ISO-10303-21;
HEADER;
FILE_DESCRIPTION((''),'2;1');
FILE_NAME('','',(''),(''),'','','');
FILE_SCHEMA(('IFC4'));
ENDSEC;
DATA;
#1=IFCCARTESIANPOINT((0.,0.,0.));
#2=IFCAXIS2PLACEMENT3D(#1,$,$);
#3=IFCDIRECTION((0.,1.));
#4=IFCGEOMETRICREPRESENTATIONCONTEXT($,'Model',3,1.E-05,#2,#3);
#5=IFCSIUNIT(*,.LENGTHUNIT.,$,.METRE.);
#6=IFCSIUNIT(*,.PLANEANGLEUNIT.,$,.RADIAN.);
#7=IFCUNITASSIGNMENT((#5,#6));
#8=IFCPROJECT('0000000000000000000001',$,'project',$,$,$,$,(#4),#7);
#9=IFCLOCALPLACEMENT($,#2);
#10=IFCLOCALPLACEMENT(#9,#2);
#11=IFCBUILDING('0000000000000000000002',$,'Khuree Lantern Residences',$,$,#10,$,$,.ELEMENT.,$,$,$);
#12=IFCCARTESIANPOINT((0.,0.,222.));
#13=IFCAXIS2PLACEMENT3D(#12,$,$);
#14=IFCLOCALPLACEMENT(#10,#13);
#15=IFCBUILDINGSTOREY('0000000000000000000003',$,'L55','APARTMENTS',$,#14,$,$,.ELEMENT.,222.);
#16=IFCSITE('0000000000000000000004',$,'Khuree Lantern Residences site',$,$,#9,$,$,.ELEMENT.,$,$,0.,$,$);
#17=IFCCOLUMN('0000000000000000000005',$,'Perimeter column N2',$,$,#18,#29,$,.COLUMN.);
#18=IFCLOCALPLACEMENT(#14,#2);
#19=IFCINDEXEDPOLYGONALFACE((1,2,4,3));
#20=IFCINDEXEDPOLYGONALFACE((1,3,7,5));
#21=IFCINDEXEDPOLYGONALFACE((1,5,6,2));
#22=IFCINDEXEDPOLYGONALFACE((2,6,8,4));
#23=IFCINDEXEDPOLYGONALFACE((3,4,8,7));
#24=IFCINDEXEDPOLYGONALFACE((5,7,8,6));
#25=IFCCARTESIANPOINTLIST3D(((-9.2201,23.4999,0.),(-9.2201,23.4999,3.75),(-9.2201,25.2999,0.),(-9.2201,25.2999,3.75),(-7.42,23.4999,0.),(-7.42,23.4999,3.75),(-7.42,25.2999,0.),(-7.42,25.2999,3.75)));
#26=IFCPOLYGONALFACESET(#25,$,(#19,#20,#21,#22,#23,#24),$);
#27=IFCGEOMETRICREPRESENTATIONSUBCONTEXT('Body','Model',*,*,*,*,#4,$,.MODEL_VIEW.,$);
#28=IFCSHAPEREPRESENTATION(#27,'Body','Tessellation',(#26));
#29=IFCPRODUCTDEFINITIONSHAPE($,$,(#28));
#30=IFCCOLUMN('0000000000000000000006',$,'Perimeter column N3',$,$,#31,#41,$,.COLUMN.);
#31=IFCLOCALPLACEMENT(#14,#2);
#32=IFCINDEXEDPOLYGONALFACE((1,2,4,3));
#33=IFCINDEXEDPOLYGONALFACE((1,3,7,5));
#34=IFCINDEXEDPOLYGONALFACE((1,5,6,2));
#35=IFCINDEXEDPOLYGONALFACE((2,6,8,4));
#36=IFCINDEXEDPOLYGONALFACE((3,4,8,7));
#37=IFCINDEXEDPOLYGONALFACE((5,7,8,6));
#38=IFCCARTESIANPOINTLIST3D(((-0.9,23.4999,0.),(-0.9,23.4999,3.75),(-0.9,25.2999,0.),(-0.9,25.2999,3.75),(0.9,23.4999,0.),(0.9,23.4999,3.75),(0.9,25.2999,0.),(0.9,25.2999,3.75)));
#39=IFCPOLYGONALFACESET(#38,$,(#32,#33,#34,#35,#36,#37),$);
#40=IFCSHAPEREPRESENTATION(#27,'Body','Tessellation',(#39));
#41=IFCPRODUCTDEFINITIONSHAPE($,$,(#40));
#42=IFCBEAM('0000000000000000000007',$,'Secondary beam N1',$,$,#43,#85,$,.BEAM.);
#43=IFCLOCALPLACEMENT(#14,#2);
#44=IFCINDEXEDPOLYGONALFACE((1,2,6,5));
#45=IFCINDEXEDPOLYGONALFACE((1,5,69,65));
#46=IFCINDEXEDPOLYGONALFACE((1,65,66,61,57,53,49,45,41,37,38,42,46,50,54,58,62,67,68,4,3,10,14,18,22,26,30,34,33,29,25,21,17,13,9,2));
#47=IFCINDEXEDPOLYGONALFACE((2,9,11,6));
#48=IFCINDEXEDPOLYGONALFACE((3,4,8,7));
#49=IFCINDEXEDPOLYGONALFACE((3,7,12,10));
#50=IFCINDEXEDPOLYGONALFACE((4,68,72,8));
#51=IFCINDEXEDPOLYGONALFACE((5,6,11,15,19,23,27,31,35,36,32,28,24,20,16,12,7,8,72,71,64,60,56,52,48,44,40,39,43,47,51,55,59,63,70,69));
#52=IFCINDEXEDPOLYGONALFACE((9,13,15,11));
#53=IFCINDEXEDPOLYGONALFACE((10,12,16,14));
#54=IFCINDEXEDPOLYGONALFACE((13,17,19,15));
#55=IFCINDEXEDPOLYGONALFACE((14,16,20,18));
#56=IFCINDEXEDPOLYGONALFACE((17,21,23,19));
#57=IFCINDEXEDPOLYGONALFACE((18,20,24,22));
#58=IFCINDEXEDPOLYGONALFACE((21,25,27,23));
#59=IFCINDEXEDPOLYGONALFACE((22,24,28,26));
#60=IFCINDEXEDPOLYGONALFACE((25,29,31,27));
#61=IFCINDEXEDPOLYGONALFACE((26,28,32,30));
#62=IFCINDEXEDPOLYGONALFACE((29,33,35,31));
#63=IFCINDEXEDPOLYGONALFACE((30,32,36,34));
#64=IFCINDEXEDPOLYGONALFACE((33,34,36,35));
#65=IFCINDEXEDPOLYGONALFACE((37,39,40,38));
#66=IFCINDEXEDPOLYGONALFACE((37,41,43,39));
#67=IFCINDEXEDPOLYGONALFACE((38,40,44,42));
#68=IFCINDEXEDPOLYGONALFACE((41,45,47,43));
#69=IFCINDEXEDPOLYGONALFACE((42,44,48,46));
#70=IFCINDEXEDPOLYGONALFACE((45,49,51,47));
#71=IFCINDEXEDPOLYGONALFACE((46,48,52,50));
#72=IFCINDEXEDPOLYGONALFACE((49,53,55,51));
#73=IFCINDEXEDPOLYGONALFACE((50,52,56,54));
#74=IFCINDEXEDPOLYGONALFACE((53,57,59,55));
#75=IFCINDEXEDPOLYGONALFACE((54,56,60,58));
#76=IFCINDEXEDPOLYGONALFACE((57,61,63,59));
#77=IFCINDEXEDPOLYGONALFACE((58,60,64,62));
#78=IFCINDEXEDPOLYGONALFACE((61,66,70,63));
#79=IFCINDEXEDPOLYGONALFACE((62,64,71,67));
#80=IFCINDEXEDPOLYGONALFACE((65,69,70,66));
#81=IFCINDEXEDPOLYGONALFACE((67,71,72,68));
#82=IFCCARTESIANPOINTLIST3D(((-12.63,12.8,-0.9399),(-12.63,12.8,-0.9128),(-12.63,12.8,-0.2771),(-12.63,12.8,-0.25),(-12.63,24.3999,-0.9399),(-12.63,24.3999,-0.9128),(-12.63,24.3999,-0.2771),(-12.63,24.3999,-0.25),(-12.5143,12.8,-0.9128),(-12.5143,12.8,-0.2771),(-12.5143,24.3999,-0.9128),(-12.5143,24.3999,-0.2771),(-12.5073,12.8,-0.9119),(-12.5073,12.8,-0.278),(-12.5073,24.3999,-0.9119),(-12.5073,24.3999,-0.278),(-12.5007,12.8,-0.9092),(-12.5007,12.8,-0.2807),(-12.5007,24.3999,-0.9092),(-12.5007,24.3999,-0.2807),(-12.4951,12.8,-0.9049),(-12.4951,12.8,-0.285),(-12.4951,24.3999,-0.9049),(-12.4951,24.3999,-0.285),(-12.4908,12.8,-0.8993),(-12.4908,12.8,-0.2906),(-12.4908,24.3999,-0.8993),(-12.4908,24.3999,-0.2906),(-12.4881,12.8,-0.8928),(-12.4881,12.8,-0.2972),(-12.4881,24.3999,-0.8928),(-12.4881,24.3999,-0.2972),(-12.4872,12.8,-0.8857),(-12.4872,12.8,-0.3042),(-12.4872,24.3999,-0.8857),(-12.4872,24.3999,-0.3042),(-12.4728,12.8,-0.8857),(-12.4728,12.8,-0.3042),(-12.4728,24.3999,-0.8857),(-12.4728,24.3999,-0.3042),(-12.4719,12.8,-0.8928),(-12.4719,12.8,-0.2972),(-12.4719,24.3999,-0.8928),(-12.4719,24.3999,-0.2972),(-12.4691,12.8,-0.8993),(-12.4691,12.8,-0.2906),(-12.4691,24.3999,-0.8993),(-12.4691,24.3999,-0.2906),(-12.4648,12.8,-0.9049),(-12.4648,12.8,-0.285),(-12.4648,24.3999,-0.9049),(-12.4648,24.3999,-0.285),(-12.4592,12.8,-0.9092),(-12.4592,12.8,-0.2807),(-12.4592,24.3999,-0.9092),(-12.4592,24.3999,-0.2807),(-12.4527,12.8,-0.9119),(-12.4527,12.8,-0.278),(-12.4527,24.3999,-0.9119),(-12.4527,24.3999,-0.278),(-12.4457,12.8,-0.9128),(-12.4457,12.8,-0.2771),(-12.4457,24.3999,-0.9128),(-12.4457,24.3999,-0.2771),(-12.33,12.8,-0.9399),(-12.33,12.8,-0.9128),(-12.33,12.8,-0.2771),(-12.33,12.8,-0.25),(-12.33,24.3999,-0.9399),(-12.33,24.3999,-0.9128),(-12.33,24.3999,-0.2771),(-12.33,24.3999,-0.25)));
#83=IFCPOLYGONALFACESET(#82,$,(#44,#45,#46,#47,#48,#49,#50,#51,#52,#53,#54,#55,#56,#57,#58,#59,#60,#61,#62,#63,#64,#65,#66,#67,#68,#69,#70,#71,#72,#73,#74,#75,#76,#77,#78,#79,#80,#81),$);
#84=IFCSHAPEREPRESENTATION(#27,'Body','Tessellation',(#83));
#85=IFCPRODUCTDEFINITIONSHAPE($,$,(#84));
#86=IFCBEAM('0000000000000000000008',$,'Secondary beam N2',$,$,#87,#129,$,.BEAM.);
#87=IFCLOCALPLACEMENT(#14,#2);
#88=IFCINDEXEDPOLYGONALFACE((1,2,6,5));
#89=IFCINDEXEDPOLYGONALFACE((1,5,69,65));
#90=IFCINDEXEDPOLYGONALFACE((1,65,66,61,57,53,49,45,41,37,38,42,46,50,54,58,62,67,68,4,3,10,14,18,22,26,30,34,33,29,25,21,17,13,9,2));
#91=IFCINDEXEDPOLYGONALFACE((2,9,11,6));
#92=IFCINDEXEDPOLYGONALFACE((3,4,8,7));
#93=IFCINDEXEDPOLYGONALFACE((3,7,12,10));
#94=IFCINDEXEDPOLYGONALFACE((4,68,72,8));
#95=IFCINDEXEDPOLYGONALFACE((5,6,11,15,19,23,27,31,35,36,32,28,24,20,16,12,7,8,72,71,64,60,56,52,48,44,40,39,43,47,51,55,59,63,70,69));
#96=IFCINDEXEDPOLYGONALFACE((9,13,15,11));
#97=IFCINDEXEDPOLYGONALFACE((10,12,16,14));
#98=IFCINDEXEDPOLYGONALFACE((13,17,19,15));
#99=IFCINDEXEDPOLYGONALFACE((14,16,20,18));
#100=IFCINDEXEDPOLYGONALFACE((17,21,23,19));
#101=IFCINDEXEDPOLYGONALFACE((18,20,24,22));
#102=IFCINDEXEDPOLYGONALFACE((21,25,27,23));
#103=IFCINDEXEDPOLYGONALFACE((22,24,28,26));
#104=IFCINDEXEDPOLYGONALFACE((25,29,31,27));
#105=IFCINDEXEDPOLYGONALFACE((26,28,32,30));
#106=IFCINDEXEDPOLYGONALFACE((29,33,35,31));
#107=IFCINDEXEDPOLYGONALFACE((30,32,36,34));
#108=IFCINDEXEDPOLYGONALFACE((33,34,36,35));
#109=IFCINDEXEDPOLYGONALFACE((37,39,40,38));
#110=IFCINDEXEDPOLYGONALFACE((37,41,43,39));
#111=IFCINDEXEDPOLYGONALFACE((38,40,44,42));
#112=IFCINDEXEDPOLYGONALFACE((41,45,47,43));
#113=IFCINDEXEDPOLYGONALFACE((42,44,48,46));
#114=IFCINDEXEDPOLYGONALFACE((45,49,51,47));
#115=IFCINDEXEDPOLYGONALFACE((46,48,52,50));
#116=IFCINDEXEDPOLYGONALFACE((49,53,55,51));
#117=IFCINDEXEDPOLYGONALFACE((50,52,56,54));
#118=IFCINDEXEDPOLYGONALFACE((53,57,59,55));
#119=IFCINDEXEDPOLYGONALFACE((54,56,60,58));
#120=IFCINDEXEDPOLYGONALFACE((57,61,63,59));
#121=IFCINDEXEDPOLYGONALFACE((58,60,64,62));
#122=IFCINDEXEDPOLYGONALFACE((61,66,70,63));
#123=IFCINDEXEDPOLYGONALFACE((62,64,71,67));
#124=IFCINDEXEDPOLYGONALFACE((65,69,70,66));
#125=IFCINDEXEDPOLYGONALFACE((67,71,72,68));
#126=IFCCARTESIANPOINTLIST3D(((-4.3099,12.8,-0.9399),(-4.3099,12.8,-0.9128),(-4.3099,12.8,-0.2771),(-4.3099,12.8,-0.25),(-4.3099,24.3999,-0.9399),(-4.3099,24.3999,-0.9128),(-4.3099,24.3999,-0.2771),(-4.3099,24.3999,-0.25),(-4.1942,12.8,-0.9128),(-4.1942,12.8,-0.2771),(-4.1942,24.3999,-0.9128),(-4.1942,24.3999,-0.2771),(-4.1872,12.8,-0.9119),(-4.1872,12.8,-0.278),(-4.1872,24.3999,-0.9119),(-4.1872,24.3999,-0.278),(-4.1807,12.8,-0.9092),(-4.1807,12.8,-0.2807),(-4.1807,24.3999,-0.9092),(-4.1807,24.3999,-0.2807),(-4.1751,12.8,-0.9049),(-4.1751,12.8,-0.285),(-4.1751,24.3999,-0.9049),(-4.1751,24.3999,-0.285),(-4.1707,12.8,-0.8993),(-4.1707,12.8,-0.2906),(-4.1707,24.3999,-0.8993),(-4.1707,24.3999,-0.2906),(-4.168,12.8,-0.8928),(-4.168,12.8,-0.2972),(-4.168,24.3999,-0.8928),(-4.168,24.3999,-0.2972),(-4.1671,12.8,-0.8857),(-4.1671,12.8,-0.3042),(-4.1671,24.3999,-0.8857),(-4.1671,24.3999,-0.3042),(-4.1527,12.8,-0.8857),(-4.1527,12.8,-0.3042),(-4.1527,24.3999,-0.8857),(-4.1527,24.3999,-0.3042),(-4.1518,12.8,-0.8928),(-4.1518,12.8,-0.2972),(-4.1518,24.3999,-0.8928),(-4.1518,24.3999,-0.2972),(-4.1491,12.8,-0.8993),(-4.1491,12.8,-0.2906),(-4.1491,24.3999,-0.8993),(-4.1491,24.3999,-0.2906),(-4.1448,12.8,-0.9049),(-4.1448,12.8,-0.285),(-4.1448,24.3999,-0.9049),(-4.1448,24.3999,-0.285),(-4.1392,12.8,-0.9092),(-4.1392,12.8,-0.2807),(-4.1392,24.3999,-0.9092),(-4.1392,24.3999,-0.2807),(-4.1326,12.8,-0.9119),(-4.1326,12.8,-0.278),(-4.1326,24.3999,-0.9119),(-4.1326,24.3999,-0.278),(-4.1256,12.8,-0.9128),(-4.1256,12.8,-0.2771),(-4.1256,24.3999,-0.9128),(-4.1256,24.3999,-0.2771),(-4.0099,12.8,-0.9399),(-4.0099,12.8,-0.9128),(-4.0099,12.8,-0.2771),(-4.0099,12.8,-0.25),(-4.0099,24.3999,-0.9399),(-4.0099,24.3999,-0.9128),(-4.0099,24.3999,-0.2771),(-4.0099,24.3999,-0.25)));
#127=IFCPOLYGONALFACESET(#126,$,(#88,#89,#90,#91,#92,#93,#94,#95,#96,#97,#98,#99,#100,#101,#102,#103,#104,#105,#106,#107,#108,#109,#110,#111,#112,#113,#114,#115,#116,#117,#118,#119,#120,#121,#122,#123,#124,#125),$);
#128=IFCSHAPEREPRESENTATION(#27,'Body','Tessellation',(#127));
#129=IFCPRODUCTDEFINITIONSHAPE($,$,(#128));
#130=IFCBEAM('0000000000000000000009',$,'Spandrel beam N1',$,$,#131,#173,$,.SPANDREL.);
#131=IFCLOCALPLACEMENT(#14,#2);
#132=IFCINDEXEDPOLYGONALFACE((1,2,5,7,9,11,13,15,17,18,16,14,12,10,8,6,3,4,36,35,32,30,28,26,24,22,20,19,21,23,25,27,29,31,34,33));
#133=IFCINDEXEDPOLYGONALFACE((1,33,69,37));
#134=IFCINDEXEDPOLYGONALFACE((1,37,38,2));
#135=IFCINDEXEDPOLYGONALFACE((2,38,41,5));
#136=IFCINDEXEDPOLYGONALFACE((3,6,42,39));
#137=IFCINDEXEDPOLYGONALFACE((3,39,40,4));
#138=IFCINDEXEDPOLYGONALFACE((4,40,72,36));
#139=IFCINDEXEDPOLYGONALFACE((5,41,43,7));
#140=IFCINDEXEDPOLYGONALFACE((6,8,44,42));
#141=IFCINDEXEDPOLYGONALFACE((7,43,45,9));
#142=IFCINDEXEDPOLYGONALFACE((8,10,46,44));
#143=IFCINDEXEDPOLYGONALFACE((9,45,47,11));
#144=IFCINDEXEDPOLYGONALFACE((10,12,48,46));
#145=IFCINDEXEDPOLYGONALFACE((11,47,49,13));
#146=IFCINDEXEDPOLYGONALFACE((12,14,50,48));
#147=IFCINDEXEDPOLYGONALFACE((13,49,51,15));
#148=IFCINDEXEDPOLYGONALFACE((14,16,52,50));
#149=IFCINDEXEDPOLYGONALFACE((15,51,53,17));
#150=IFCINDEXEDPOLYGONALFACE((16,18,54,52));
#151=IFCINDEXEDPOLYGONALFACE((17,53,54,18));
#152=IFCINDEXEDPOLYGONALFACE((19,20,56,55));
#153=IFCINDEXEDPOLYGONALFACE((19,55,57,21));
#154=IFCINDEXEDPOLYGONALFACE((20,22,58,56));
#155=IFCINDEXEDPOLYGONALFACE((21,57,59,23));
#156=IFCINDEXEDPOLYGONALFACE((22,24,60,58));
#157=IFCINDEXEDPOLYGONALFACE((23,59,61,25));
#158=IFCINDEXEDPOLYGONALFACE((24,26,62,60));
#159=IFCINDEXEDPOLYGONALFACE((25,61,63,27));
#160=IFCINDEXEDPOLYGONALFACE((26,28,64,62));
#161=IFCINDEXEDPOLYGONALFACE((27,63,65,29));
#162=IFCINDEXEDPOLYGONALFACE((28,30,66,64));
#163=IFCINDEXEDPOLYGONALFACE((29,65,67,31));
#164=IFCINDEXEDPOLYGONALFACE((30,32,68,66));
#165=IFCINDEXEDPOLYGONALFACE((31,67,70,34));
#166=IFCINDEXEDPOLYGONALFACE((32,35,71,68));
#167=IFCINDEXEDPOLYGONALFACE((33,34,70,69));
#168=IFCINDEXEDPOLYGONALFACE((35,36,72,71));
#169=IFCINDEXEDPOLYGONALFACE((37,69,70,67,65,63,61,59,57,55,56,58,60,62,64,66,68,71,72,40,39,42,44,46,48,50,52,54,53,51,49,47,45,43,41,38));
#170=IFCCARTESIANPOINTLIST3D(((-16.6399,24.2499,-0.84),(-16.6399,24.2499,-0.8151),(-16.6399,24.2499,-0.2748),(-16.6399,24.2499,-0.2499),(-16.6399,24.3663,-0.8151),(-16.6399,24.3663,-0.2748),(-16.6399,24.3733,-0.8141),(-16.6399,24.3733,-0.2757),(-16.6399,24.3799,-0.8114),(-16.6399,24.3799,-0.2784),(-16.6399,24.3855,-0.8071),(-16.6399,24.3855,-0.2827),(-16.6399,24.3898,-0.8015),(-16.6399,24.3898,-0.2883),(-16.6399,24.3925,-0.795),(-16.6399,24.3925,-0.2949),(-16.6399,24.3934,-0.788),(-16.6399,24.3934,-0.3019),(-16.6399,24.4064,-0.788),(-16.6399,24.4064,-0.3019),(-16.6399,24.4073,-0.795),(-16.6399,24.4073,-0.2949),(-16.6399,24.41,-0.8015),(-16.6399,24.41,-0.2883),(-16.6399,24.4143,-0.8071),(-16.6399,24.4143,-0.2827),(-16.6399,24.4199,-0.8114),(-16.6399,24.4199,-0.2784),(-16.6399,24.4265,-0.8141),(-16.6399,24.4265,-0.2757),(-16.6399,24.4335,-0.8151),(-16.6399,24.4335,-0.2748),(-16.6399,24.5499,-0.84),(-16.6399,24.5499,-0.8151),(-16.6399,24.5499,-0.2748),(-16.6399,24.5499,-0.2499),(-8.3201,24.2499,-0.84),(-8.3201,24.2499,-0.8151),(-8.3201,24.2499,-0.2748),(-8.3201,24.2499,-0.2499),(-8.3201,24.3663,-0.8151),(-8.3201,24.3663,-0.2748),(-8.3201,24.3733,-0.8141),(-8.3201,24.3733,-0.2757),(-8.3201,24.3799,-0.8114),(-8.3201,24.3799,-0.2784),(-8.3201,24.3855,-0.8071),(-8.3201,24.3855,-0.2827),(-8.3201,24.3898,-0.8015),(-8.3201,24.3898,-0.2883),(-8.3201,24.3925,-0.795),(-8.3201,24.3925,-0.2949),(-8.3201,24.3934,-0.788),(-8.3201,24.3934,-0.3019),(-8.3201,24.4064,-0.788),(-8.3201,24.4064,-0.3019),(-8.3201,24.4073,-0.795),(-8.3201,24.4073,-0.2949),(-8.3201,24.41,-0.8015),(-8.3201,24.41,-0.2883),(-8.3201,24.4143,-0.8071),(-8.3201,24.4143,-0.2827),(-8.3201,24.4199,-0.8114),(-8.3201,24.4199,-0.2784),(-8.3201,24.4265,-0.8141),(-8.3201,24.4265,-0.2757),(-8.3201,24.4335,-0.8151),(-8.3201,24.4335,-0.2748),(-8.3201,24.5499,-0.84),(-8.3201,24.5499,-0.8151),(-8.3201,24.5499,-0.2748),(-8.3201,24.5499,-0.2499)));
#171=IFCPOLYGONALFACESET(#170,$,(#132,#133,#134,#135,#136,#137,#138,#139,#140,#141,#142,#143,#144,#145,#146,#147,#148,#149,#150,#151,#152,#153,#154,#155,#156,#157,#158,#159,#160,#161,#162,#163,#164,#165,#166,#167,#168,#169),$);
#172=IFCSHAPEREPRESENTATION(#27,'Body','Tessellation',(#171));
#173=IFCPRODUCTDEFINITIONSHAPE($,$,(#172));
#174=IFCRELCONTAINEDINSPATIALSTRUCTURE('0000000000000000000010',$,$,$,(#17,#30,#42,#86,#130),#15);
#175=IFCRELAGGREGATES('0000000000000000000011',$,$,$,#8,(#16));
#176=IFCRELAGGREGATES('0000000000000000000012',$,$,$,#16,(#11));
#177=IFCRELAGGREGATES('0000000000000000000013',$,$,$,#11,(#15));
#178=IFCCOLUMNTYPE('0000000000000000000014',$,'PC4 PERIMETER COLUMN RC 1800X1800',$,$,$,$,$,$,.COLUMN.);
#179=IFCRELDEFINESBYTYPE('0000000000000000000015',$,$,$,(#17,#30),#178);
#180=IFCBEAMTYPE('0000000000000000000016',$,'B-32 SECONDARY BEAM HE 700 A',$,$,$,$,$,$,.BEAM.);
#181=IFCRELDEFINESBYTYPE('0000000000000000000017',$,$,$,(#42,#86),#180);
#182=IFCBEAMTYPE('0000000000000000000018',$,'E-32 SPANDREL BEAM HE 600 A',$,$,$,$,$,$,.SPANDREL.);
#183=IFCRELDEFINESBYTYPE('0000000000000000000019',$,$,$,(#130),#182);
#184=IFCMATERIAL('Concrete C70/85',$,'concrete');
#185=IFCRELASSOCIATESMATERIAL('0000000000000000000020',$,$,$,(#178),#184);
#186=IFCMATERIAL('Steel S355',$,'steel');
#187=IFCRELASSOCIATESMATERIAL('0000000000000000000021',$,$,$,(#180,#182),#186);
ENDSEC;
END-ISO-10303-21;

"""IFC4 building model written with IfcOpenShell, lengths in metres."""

from ifc_helpers import new_model, si_unit, direction, frame, origin, origin_2d, place, context, subcontext, project, spatial, rectangle, i_section, extrude, material, material_profile, profile_set, type_object, element, save


model = new_model("IFC4")

# Units and contexts
model_context = context("Model", 3, precision=1e-05, world=origin(), true_north=direction((0.0, 1.0)))
body_context = subcontext(model_context, "Body", "Model", "MODEL_VIEW")
ifc_project = project(units=[si_unit("LENGTHUNIT", "METRE"), si_unit("PLANEANGLEUNIT", "RADIAN")], contexts=[model_context])

# Site, building, storey
site_placement = place(None, origin())
site = spatial("IfcSite", under=ifc_project, at=site_placement, Name="Khuree Lantern Residences site", CompositionType="ELEMENT", RefElevation=0.0)
building_placement = place(site_placement, origin())
building = spatial("IfcBuilding", under=site, at=building_placement, Name="Khuree Lantern Residences", CompositionType="ELEMENT")
storey_placement = place(building_placement, frame((0.0, 0.0, 222.0)))
storey = spatial("IfcBuildingStorey", under=building, at=storey_placement, Name="L55", Description="APARTMENTS", CompositionType="ELEMENT", Elevation=222.0)

# Columns
ifc_material_1 = material(Name="Concrete C70/85", Category="concrete")
ifc_material_profile_1 = material_profile(ifc_material_1, rectangle(XDim=1.8, YDim=1.8, at=origin_2d()), Name="RC 1800X1800")
ifc_profile_set_1 = profile_set([ifc_material_profile_1], Name="Concrete C70/85")
column_type = type_object("IfcColumnType", Name="PC4 PERIMETER COLUMN RC 1800X1800", PredefinedType="COLUMN", material=ifc_profile_set_1)
for number, where, z_axis, x_axis, name in (
    (1, (-8.3201, 24.3999, 0.0), (0.0, 0.0, 1.0), (1.0, 0.0, 0.0), "Perimeter column N2"),
    (2, (0.0, 24.3999, 0.0), (0.0, 0.0, 1.0), (1.0, 0.0, 0.0), "Perimeter column N3"),
):
    element("IfcColumn", number, at=place(storey_placement, frame(where, z_axis=z_axis, x_axis=x_axis)), inside=storey, type_object=column_type, Name=name, PredefinedType="COLUMN", context=body_context, shape_type="SweptSolid", body=[
        extrude(rectangle(XDim=1.8, YDim=1.8, at=origin_2d()), origin(), (0.0, 0.0, 1.0), 3.75),
    ])

# Beams
ifc_material_2 = material(Name="Steel S355", Category="steel")
ifc_material_profile_2 = material_profile(ifc_material_2, i_section(OverallWidth=0.3, OverallDepth=0.6899, WebThickness=0.0144, FlangeThickness=0.0271, FilletRadius=0.0271, at=origin_2d()), Name="HE 700 A")
ifc_profile_set_2 = profile_set([ifc_material_profile_2], Name="Steel S355")
beam_type_1 = type_object("IfcBeamType", Name="B-32 SECONDARY BEAM HE 700 A", PredefinedType="BEAM", material=ifc_profile_set_2)
for number, where, z_axis, x_axis, name in (
    (3, (-12.48, 24.3999, -0.595), (0.0, -1.0, 0.0), (1.0, 0.0, 0.0), "Secondary beam N1"),
    (4, (-4.1599, 24.3999, -0.595), (0.0, -1.0, 0.0), (1.0, 0.0, 0.0), "Secondary beam N2"),
):
    element("IfcBeam", number, at=place(storey_placement, frame(where, z_axis=z_axis, x_axis=x_axis)), inside=storey, type_object=beam_type_1, Name=name, PredefinedType="BEAM", context=body_context, shape_type="SweptSolid", body=[
        extrude(i_section(OverallWidth=0.3, OverallDepth=0.6899, WebThickness=0.0144, FlangeThickness=0.0271, FilletRadius=0.0271, at=origin_2d()), origin(), (0.0, 0.0, 1.0), 11.5999),
    ])
ifc_material_profile_3 = material_profile(ifc_material_2, i_section(OverallWidth=0.3, OverallDepth=0.5901, WebThickness=0.0129, FlangeThickness=0.0249, FilletRadius=0.0271, at=origin_2d()), Name="HE 600 A")
ifc_profile_set_3 = profile_set([ifc_material_profile_3], Name="Steel S355")
beam_type_2 = type_object("IfcBeamType", Name="E-32 SPANDREL BEAM HE 600 A", PredefinedType="SPANDREL", material=ifc_profile_set_3)
beam_1_placement = place(storey_placement, frame((-16.6399, 24.3999, -0.5449), z_axis=(1.0, 0.0, 0.0), x_axis=(0.0, 1.0, 0.0)))
element("IfcBeam", 5, at=beam_1_placement, inside=storey, type_object=beam_type_2, Name="Spandrel beam N1", PredefinedType="SPANDREL", context=body_context, shape_type="SweptSolid", body=[
    extrude(i_section(OverallWidth=0.3, OverallDepth=0.5901, WebThickness=0.0129, FlangeThickness=0.0249, FilletRadius=0.0271, at=origin_2d()), origin(), (0.0, 0.0, 1.0), 8.3198),
])

save(model, "model.ifc")
